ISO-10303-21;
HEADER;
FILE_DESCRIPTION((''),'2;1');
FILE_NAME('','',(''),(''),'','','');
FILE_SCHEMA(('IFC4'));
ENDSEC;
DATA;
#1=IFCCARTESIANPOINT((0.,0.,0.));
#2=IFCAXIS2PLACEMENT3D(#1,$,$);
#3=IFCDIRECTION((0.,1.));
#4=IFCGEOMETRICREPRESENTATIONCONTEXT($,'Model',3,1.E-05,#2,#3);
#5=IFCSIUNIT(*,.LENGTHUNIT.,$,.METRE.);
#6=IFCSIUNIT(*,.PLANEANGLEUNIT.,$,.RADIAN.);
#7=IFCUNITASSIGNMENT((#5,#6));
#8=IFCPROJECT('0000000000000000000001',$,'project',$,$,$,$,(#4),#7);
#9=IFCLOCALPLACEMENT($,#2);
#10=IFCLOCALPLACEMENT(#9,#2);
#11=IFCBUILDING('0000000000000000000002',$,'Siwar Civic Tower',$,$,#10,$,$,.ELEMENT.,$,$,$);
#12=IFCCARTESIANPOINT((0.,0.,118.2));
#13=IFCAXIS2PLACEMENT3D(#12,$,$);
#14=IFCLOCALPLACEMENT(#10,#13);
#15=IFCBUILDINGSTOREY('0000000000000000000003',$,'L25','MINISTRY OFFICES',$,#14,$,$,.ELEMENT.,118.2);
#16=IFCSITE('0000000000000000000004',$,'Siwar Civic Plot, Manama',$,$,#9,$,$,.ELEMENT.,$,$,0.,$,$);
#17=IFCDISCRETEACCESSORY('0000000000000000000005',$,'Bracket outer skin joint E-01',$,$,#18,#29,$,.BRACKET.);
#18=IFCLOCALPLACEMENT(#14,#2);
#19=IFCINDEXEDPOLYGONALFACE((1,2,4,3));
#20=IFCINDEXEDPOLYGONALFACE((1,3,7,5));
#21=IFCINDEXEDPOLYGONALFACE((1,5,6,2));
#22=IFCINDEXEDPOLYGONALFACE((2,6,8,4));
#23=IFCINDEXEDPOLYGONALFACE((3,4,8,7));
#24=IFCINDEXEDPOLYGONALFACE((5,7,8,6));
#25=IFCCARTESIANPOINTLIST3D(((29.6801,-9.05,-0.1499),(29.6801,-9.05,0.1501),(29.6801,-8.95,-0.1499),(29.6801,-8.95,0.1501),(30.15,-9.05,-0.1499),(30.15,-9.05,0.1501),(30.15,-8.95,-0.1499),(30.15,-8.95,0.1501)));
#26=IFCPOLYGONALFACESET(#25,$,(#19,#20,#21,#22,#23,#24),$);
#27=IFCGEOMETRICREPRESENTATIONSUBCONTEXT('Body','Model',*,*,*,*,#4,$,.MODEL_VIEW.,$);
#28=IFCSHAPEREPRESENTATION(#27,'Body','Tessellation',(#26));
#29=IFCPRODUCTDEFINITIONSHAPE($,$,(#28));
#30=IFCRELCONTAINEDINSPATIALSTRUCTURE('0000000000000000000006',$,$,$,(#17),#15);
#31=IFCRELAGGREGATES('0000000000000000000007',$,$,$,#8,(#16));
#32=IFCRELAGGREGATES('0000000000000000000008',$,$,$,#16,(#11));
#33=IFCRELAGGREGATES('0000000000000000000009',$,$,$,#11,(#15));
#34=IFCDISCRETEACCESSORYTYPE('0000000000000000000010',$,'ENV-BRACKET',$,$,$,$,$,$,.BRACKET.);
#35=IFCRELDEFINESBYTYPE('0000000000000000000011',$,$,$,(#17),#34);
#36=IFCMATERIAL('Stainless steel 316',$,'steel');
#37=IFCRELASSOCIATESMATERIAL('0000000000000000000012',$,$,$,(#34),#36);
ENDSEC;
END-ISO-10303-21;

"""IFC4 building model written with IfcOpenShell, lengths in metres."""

from ifc_helpers import new_model, si_unit, direction, frame, origin, origin_2d, place, context, subcontext, project, spatial, rectangle, extrude, material, type_object, element, save


model = new_model("IFC4")

# Units and contexts
model_context = context("Model", 3, precision=1e-05, world=origin(), true_north=direction((0.0, 1.0)))
body_context = subcontext(model_context, "Body", "Model", "MODEL_VIEW")
ifc_project = project(units=[si_unit("LENGTHUNIT", "METRE"), si_unit("PLANEANGLEUNIT", "RADIAN")], contexts=[model_context])

# Site, building, storey
site_placement = place(None, origin())
site = spatial("IfcSite", under=ifc_project, at=site_placement, Name="Siwar Civic Plot, Manama", CompositionType="ELEMENT", RefElevation=0.0)
building_placement = place(site_placement, origin())
building = spatial("IfcBuilding", under=site, at=building_placement, Name="Siwar Civic Tower", CompositionType="ELEMENT")
storey_placement = place(building_placement, frame((0.0, 0.0, 118.2)))
storey = spatial("IfcBuildingStorey", under=building, at=storey_placement, Name="L25", Description="MINISTRY OFFICES", CompositionType="ELEMENT", Elevation=118.2)

# Discrete accessory
ifc_material_1 = material(Name="Stainless steel 316", Category="steel")
discrete_accessory_type = type_object("IfcDiscreteAccessoryType", Name="ENV-BRACKET", PredefinedType="BRACKET", material=ifc_material_1)
discrete_accessory_placement = place(storey_placement, frame((29.915, -9.0, -0.1499), z_axis=(0.0, 0.0, 1.0), x_axis=(1.0, 0.0, 0.0)))
element("IfcDiscreteAccessory", 1, at=discrete_accessory_placement, inside=storey, type_object=discrete_accessory_type, Name="Bracket outer skin joint E-01", PredefinedType="BRACKET", context=body_context, shape_type="SweptSolid", body=[
    extrude(rectangle(XDim=0.47, YDim=0.1001, at=origin_2d()), origin(), (0.0, 0.0, 1.0), 0.3),
])

save(model, "model.ifc")
